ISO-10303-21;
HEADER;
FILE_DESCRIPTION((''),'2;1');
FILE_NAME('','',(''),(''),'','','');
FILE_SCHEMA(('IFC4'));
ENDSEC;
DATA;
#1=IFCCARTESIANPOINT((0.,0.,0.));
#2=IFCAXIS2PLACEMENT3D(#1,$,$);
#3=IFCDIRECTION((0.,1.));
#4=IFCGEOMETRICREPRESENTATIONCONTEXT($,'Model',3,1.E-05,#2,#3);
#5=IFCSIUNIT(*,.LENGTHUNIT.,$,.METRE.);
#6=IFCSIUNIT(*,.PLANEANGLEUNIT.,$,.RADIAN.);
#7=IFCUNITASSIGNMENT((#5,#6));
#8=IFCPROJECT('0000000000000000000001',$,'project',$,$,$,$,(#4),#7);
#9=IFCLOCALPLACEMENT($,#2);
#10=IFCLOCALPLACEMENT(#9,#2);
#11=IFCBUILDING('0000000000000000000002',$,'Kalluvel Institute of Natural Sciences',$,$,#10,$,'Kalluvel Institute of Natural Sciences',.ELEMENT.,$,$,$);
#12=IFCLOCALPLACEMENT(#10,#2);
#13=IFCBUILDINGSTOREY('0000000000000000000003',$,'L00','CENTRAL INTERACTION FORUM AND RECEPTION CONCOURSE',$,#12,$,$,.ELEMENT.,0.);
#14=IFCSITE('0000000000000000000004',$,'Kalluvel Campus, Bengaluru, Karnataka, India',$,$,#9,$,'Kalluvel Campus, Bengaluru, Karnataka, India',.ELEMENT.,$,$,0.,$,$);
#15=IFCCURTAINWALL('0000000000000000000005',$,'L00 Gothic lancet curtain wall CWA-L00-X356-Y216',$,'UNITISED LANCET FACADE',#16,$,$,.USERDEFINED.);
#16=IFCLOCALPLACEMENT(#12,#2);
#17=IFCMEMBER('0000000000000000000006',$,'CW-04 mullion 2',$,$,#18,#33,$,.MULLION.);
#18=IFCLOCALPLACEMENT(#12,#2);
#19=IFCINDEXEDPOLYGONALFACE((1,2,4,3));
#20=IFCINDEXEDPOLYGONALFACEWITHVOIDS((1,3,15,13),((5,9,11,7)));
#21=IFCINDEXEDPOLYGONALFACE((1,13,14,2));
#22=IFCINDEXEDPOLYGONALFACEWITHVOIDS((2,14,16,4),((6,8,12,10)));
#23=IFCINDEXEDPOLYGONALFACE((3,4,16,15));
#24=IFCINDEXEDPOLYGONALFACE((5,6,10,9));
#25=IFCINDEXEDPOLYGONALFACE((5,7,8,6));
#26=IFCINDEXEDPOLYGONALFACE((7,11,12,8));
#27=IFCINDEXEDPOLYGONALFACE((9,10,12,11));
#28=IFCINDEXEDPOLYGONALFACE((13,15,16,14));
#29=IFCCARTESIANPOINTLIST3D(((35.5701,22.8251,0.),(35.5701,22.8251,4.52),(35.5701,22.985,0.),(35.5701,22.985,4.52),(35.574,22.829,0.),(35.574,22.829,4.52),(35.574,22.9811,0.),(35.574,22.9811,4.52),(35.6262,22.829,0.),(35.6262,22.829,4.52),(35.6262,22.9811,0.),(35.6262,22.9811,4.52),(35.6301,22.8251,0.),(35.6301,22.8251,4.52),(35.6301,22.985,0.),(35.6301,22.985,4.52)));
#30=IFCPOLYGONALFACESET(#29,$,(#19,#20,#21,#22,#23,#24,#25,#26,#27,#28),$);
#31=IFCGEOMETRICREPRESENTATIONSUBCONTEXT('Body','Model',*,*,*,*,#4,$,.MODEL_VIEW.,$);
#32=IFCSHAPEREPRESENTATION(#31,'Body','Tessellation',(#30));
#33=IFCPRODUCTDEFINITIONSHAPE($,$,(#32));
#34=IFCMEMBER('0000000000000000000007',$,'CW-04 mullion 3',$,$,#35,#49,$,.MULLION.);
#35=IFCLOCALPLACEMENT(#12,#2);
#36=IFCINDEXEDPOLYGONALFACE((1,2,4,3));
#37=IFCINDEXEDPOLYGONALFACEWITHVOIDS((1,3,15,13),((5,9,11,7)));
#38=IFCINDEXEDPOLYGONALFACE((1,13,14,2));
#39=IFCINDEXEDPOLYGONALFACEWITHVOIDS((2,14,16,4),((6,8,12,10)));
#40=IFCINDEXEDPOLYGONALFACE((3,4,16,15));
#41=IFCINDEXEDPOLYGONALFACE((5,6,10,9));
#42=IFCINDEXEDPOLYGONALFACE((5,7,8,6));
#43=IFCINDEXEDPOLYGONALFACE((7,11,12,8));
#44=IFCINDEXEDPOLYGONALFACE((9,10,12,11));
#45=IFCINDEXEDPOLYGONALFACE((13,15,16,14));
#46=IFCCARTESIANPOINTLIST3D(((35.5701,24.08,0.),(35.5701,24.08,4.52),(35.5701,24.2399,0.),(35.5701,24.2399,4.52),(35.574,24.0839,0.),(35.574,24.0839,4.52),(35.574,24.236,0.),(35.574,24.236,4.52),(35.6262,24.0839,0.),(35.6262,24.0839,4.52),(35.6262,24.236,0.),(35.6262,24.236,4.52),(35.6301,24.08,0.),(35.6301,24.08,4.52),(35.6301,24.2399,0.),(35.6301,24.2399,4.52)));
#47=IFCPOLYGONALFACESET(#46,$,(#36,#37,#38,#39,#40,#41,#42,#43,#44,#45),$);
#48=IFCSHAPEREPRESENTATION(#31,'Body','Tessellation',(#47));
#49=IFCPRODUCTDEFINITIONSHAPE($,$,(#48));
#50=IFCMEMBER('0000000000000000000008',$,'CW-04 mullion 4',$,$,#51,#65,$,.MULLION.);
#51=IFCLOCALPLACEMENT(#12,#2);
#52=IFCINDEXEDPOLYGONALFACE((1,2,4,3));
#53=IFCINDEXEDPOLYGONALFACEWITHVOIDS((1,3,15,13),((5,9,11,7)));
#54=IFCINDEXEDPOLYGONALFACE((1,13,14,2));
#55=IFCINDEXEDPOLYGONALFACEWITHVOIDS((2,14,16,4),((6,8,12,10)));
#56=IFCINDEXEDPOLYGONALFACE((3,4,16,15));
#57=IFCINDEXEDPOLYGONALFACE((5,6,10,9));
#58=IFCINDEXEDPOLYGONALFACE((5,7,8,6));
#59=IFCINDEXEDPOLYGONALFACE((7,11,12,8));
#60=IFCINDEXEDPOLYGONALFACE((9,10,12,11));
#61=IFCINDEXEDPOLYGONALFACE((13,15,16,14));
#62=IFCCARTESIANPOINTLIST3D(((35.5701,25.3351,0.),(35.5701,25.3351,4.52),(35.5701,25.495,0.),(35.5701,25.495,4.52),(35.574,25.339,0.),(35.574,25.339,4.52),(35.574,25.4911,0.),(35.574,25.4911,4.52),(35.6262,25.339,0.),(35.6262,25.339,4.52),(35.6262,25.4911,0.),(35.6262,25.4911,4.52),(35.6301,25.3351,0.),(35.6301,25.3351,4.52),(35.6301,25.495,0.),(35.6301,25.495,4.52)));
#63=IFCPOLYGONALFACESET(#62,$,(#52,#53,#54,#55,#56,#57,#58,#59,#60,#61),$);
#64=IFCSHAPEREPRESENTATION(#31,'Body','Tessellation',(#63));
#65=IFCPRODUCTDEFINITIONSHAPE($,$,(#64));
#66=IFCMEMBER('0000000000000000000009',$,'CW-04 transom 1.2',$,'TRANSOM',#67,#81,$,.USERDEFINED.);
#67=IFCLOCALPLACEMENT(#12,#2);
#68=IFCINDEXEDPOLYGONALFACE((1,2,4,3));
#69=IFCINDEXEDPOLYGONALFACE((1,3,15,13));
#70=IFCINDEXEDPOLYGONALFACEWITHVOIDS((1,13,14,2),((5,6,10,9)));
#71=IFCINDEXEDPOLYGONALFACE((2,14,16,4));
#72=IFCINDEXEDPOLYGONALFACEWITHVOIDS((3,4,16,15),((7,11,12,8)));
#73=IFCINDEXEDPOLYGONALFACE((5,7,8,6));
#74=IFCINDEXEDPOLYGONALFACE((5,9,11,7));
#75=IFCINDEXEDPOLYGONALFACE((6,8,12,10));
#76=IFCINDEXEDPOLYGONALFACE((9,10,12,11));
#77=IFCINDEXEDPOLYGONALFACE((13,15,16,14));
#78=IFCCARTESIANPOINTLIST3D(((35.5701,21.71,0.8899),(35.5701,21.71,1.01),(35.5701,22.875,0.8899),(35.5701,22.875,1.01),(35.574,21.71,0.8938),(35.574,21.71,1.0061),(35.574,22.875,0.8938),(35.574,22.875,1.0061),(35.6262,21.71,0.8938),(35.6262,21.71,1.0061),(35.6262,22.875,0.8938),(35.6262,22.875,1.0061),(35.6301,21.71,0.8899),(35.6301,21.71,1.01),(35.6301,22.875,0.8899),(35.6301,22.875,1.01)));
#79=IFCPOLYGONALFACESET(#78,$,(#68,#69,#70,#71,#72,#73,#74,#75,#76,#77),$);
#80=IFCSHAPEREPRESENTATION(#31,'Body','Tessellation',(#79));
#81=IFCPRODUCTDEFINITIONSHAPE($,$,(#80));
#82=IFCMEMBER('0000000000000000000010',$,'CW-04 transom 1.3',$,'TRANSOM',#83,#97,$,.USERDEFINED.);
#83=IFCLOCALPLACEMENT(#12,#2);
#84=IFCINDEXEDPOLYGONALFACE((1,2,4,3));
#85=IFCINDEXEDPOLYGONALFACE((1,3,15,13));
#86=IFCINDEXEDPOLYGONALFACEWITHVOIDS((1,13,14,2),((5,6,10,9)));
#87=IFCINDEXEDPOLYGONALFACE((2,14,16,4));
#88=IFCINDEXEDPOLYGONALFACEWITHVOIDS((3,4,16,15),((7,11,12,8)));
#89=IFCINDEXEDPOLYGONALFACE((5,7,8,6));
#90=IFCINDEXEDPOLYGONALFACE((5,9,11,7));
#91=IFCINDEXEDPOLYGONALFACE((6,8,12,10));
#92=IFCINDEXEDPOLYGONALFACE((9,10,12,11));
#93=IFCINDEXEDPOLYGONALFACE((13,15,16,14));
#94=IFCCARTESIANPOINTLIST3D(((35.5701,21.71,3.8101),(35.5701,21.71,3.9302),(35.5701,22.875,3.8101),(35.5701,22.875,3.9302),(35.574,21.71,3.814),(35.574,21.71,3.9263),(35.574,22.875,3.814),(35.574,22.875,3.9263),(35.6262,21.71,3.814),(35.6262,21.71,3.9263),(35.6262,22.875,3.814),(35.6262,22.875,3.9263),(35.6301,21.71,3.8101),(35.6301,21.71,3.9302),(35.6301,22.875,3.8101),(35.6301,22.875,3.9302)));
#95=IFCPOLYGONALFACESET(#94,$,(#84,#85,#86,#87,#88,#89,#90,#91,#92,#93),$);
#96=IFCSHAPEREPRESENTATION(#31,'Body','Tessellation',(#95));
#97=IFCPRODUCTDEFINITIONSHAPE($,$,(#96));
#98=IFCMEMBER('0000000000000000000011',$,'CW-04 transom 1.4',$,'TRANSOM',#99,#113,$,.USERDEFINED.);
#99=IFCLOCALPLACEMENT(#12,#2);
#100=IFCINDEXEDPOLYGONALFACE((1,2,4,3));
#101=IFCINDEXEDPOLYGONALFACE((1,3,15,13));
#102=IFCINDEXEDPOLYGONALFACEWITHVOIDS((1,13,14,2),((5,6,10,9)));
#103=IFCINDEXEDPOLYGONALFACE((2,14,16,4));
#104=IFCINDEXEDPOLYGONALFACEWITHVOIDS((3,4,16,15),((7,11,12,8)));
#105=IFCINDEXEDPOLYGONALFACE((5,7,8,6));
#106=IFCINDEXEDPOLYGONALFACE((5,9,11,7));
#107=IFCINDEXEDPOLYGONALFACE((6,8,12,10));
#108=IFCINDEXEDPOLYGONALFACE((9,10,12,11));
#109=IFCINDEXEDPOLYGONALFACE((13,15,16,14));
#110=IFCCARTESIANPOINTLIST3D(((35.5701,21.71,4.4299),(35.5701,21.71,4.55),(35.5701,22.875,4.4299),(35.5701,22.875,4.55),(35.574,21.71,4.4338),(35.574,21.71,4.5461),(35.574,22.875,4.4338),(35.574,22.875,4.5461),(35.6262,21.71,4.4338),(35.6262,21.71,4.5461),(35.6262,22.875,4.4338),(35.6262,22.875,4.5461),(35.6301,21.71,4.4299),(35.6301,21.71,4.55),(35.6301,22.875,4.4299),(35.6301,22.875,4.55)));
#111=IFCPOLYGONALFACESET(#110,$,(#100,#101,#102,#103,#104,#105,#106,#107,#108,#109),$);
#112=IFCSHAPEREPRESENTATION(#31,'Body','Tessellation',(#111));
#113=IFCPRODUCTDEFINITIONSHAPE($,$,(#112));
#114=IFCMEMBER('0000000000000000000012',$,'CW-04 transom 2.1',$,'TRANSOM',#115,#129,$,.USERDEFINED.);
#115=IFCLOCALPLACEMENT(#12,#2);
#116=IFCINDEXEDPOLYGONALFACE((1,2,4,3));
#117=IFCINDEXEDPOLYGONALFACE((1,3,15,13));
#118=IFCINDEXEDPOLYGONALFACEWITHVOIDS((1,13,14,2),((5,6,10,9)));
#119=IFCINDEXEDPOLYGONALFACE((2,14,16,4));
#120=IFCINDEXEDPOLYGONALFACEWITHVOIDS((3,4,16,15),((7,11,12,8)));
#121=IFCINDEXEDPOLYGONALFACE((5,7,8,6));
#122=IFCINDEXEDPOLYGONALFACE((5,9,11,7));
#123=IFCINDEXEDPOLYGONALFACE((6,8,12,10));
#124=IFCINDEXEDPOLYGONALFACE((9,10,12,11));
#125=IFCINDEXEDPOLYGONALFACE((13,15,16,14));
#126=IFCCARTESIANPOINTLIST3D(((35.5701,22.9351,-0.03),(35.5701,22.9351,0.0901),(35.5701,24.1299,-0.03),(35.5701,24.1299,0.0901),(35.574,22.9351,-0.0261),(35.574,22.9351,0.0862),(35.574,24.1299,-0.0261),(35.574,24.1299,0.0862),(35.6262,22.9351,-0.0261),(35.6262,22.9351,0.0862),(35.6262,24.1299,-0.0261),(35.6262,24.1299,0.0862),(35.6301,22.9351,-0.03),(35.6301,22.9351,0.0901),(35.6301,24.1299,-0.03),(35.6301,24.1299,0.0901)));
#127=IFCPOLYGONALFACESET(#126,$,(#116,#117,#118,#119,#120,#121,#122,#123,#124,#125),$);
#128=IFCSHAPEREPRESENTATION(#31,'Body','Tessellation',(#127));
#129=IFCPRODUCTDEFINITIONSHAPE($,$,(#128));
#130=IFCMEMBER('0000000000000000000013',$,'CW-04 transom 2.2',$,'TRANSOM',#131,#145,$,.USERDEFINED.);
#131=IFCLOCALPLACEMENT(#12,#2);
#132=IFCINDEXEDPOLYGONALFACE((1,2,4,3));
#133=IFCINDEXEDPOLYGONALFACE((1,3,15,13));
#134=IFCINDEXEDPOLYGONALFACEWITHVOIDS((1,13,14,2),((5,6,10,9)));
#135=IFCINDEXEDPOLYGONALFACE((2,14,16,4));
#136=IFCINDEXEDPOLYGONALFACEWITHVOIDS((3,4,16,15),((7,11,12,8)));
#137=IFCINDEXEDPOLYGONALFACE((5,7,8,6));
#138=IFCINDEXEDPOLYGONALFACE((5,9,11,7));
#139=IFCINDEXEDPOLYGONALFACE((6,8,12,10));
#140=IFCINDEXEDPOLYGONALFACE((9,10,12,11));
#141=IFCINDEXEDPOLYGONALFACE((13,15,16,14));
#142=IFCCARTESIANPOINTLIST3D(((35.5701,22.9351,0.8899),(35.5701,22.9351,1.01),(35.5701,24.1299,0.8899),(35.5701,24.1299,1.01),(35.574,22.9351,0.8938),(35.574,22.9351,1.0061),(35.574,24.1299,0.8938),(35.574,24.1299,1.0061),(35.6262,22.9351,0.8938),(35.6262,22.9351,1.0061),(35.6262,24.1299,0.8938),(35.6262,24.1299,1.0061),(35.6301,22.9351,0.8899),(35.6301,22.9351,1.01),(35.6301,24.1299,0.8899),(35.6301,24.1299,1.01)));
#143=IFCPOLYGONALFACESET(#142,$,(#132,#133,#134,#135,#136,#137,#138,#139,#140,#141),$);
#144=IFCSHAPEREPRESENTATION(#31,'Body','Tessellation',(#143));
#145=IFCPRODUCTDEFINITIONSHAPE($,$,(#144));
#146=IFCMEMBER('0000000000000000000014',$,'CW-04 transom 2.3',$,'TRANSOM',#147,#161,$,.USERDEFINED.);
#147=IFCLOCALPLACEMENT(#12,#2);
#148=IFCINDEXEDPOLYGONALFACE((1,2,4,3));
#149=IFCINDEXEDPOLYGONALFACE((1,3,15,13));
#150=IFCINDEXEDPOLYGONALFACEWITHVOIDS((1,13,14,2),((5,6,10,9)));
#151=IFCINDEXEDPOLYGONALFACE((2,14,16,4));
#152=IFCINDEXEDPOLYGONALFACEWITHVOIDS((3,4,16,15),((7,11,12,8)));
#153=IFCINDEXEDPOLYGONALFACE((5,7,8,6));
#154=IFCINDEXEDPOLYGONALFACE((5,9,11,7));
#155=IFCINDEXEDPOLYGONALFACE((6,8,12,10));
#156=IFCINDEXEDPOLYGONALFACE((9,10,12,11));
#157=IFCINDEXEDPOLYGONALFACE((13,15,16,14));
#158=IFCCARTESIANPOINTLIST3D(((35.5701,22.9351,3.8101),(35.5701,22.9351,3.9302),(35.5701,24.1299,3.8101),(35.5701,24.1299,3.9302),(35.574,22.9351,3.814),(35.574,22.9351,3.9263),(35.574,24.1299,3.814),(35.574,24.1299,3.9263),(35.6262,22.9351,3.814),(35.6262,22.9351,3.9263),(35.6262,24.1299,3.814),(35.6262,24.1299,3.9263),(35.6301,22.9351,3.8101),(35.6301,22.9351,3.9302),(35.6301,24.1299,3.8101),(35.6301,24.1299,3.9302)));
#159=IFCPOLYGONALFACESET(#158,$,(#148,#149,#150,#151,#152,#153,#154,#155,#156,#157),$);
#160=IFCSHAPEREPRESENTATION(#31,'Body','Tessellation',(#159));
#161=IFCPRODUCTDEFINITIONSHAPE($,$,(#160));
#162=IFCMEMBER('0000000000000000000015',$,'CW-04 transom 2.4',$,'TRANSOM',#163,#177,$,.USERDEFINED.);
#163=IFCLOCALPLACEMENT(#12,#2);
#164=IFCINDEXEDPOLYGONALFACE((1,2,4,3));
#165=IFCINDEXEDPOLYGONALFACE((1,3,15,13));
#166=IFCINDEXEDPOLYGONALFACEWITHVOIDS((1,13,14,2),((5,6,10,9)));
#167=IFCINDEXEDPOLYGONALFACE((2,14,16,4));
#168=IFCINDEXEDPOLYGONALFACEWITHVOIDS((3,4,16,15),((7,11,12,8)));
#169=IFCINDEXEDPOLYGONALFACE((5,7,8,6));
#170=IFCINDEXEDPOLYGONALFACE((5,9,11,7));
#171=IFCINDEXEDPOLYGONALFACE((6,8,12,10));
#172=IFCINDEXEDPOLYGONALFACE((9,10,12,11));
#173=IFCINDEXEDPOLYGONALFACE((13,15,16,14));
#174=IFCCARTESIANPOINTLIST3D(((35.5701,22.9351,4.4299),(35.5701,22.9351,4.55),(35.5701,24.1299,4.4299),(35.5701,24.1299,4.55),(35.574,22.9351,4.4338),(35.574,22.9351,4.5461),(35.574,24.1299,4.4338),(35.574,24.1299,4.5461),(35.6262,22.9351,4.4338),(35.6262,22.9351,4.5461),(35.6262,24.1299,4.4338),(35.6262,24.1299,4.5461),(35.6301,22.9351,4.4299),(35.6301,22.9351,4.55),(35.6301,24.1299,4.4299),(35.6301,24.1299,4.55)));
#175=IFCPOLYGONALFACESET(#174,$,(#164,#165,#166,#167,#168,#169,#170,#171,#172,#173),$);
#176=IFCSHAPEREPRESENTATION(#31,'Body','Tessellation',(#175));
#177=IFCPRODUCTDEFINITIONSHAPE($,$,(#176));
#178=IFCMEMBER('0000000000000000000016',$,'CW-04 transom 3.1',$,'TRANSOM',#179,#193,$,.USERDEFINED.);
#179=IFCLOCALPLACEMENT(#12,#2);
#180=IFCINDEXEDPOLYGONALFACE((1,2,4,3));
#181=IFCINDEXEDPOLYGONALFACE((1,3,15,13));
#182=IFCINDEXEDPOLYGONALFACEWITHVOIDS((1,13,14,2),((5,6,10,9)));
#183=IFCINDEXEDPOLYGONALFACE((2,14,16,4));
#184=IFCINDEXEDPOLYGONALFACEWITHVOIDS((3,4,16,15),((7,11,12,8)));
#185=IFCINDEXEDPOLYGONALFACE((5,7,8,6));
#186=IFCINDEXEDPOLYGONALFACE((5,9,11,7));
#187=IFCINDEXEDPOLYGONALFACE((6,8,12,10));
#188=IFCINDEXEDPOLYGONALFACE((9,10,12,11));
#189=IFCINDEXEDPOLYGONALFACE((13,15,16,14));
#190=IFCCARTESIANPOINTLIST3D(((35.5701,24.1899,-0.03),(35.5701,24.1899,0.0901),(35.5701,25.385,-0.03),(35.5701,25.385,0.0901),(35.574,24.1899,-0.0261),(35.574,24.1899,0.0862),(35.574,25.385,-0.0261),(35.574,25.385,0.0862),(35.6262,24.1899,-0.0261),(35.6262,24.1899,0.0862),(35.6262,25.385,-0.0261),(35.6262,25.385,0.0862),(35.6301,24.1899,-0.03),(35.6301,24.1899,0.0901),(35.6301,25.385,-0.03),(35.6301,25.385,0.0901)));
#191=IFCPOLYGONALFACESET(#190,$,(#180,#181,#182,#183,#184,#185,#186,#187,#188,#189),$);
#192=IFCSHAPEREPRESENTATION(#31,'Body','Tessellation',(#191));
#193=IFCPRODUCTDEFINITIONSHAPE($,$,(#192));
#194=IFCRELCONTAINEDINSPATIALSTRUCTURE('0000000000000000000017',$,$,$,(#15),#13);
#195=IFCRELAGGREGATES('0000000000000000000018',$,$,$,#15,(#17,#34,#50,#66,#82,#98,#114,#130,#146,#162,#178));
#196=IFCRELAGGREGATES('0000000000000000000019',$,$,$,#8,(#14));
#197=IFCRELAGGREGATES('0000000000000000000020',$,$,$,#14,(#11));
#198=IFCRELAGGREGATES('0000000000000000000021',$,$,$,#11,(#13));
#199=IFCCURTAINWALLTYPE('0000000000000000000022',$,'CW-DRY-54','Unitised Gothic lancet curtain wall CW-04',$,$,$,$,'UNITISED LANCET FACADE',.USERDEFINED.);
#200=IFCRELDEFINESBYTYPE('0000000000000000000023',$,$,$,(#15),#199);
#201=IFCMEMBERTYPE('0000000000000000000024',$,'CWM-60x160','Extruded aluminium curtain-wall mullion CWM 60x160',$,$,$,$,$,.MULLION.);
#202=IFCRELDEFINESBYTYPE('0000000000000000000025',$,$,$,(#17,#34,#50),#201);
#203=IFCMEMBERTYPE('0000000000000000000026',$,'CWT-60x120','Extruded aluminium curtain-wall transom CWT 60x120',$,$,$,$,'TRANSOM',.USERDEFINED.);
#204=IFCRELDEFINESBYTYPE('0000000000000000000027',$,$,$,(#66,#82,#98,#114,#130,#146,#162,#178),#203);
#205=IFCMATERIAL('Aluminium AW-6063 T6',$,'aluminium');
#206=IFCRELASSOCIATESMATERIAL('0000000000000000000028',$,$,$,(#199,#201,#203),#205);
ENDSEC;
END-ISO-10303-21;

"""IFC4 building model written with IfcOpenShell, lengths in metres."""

from ifc_helpers import new_model, si_unit, direction, frame, origin, origin_2d, place, context, subcontext, project, spatial, hollow_rectangle, extrude, material, material_profile, profile_set, type_object, element, aggregate, save


model = new_model("IFC4")

# Units and contexts
model_context = context("Model", 3, precision=1e-05, world=origin(), true_north=direction((0.0, 1.0)))
body_context = subcontext(model_context, "Body", "Model", "MODEL_VIEW")
ifc_project = project(units=[si_unit("LENGTHUNIT", "METRE"), si_unit("PLANEANGLEUNIT", "RADIAN")], contexts=[model_context])

# Site, building, storey
site_placement = place(None, origin())
site = spatial("IfcSite", under=ifc_project, at=site_placement, Name="Kalluvel Campus, Bengaluru, Karnataka, India", LongName="Kalluvel Campus, Bengaluru, Karnataka, India", CompositionType="ELEMENT", RefElevation=0.0)
building_placement = place(site_placement, origin())
building = spatial("IfcBuilding", under=site, at=building_placement, Name="Kalluvel Institute of Natural Sciences", LongName="Kalluvel Institute of Natural Sciences", CompositionType="ELEMENT")
storey_placement = place(building_placement, origin())
storey = spatial("IfcBuildingStorey", under=building, at=storey_placement, Name="L00", Description="CENTRAL INTERACTION FORUM AND RECEPTION CONCOURSE", CompositionType="ELEMENT", Elevation=0.0)

# Curtain wall, members
ifc_material_1 = material(Name="Aluminium AW-6063 T6", Category="aluminium")
curtain_wall_type = type_object("IfcCurtainWallType", Name="CW-DRY-54", Description="Unitised Gothic lancet curtain wall CW-04", ElementType="UNITISED LANCET FACADE", PredefinedType="USERDEFINED", material=ifc_material_1)
curtain_wall_placement = place(storey_placement, origin())
curtain_wall = element("IfcCurtainWall", 1, at=curtain_wall_placement, inside=storey, type_object=curtain_wall_type, Name="L00 Gothic lancet curtain wall CWA-L00-X356-Y216", ObjectType="UNITISED LANCET FACADE", PredefinedType="USERDEFINED")
ifc_material_profile_1 = material_profile(ifc_material_1, hollow_rectangle(XDim=0.0601, YDim=0.1599, WallThickness=0.0039, at=origin_2d()), Name="CWM 60x160")
ifc_profile_set_1 = profile_set([ifc_material_profile_1], Name="Aluminium AW-6063 T6")
member_type_1 = type_object("IfcMemberType", Name="CWM-60x160", Description="Extruded aluminium curtain-wall mullion CWM 60x160", PredefinedType="MULLION", material=ifc_profile_set_1)
member_1_placement = place(storey_placement, frame((35.6001, 22.905, 0.0), z_axis=(0.0, 0.0, 1.0), x_axis=(-1.0, 0.0, 0.0)))
member_1 = element("IfcMember", 2, at=member_1_placement, type_object=member_type_1, Name="CW-04 mullion 2", PredefinedType="MULLION", context=body_context, shape_type="SweptSolid", body=[
    extrude(hollow_rectangle(XDim=0.0601, YDim=0.1599, WallThickness=0.0039, at=origin_2d()), origin(), (0.0, 0.0, 1.0), 4.52),
])
member_2_placement = place(storey_placement, frame((35.6001, 24.1599, 0.0), z_axis=(0.0, 0.0, 1.0), x_axis=(-1.0, 0.0, 0.0)))
member_2 = element("IfcMember", 3, at=member_2_placement, type_object=member_type_1, Name="CW-04 mullion 3", PredefinedType="MULLION", context=body_context, shape_type="SweptSolid", body=[
    extrude(hollow_rectangle(XDim=0.0601, YDim=0.1599, WallThickness=0.0039, at=origin_2d()), origin(), (0.0, 0.0, 1.0), 4.52),
])
member_3_placement = place(storey_placement, frame((35.6001, 25.415, 0.0), z_axis=(0.0, 0.0, 1.0), x_axis=(-1.0, 0.0, 0.0)))
member_3 = element("IfcMember", 4, at=member_3_placement, type_object=member_type_1, Name="CW-04 mullion 4", PredefinedType="MULLION", context=body_context, shape_type="SweptSolid", body=[
    extrude(hollow_rectangle(XDim=0.0601, YDim=0.1599, WallThickness=0.0039, at=origin_2d()), origin(), (0.0, 0.0, 1.0), 4.52),
])
ifc_material_profile_2 = material_profile(ifc_material_1, hollow_rectangle(XDim=0.0601, YDim=0.1201, WallThickness=0.0039, at=origin_2d()), Name="CWT 60x120")
ifc_profile_set_2 = profile_set([ifc_material_profile_2], Name="Aluminium AW-6063 T6")
member_type_2 = type_object("IfcMemberType", Name="CWT-60x120", Description="Extruded aluminium curtain-wall transom CWT 60x120", ElementType="TRANSOM", PredefinedType="USERDEFINED", material=ifc_profile_set_2)
member_4_placement = place(storey_placement, frame((35.6001, 21.71, 0.95), z_axis=(0.0, 1.0, 0.0), x_axis=(-1.0, 0.0, 0.0)))
member_4 = element("IfcMember", 5, at=member_4_placement, type_object=member_type_2, Name="CW-04 transom 1.2", ObjectType="TRANSOM", PredefinedType="USERDEFINED", context=body_context, shape_type="SweptSolid", body=[
    extrude(hollow_rectangle(XDim=0.0601, YDim=0.1201, WallThickness=0.0039, at=origin_2d()), origin(), (0.0, 0.0, 1.0), 1.165),
])
member_5_placement = place(storey_placement, frame((35.6001, 21.71, 3.8701), z_axis=(0.0, 1.0, 0.0), x_axis=(-1.0, 0.0, 0.0)))
member_5 = element("IfcMember", 6, at=member_5_placement, type_object=member_type_2, Name="CW-04 transom 1.3", ObjectType="TRANSOM", PredefinedType="USERDEFINED", context=body_context, shape_type="SweptSolid", body=[
    extrude(hollow_rectangle(XDim=0.0601, YDim=0.1201, WallThickness=0.0039, at=origin_2d()), origin(), (0.0, 0.0, 1.0), 1.165),
])
member_6_placement = place(storey_placement, frame((35.6001, 21.71, 4.49), z_axis=(0.0, 1.0, 0.0), x_axis=(-1.0, 0.0, 0.0)))
member_6 = element("IfcMember", 7, at=member_6_placement, type_object=member_type_2, Name="CW-04 transom 1.4", ObjectType="TRANSOM", PredefinedType="USERDEFINED", context=body_context, shape_type="SweptSolid", body=[
    extrude(hollow_rectangle(XDim=0.0601, YDim=0.1201, WallThickness=0.0039, at=origin_2d()), origin(), (0.0, 0.0, 1.0), 1.165),
])
member_7_placement = place(storey_placement, frame((35.6001, 22.9351, 0.03), z_axis=(0.0, 1.0, 0.0), x_axis=(-1.0, 0.0, 0.0)))
member_7 = element("IfcMember", 8, at=member_7_placement, type_object=member_type_2, Name="CW-04 transom 2.1", ObjectType="TRANSOM", PredefinedType="USERDEFINED", context=body_context, shape_type="SweptSolid", body=[
    extrude(hollow_rectangle(XDim=0.0601, YDim=0.1201, WallThickness=0.0039, at=origin_2d()), origin(), (0.0, 0.0, 1.0), 1.1948),
])
member_8_placement = place(storey_placement, frame((35.6001, 22.9351, 0.95), z_axis=(0.0, 1.0, 0.0), x_axis=(-1.0, 0.0, 0.0)))
member_8 = element("IfcMember", 9, at=member_8_placement, type_object=member_type_2, Name="CW-04 transom 2.2", ObjectType="TRANSOM", PredefinedType="USERDEFINED", context=body_context, shape_type="SweptSolid", body=[
    extrude(hollow_rectangle(XDim=0.0601, YDim=0.1201, WallThickness=0.0039, at=origin_2d()), origin(), (0.0, 0.0, 1.0), 1.1948),
])
member_9_placement = place(storey_placement, frame((35.6001, 22.9351, 3.8701), z_axis=(0.0, 1.0, 0.0), x_axis=(-1.0, 0.0, 0.0)))
member_9 = element("IfcMember", 10, at=member_9_placement, type_object=member_type_2, Name="CW-04 transom 2.3", ObjectType="TRANSOM", PredefinedType="USERDEFINED", context=body_context, shape_type="SweptSolid", body=[
    extrude(hollow_rectangle(XDim=0.0601, YDim=0.1201, WallThickness=0.0039, at=origin_2d()), origin(), (0.0, 0.0, 1.0), 1.1948),
])
member_10_placement = place(storey_placement, frame((35.6001, 22.9351, 4.49), z_axis=(0.0, 1.0, 0.0), x_axis=(-1.0, 0.0, 0.0)))
member_10 = element("IfcMember", 11, at=member_10_placement, type_object=member_type_2, Name="CW-04 transom 2.4", ObjectType="TRANSOM", PredefinedType="USERDEFINED", context=body_context, shape_type="SweptSolid", body=[
    extrude(hollow_rectangle(XDim=0.0601, YDim=0.1201, WallThickness=0.0039, at=origin_2d()), origin(), (0.0, 0.0, 1.0), 1.1948),
])
member_11_placement = place(storey_placement, frame((35.6001, 24.1899, 0.03), z_axis=(0.0, 1.0, 0.0), x_axis=(-1.0, 0.0, 0.0)))
member_11 = element("IfcMember", 12, at=member_11_placement, type_object=member_type_2, Name="CW-04 transom 3.1", ObjectType="TRANSOM", PredefinedType="USERDEFINED", context=body_context, shape_type="SweptSolid", body=[
    extrude(hollow_rectangle(XDim=0.0601, YDim=0.1201, WallThickness=0.0039, at=origin_2d()), origin(), (0.0, 0.0, 1.0), 1.1951),
])
aggregate(curtain_wall, [member_1, member_2, member_3, member_4, member_5, member_6, member_7, member_8, member_9, member_10, member_11])

save(model, "model.ifc")
